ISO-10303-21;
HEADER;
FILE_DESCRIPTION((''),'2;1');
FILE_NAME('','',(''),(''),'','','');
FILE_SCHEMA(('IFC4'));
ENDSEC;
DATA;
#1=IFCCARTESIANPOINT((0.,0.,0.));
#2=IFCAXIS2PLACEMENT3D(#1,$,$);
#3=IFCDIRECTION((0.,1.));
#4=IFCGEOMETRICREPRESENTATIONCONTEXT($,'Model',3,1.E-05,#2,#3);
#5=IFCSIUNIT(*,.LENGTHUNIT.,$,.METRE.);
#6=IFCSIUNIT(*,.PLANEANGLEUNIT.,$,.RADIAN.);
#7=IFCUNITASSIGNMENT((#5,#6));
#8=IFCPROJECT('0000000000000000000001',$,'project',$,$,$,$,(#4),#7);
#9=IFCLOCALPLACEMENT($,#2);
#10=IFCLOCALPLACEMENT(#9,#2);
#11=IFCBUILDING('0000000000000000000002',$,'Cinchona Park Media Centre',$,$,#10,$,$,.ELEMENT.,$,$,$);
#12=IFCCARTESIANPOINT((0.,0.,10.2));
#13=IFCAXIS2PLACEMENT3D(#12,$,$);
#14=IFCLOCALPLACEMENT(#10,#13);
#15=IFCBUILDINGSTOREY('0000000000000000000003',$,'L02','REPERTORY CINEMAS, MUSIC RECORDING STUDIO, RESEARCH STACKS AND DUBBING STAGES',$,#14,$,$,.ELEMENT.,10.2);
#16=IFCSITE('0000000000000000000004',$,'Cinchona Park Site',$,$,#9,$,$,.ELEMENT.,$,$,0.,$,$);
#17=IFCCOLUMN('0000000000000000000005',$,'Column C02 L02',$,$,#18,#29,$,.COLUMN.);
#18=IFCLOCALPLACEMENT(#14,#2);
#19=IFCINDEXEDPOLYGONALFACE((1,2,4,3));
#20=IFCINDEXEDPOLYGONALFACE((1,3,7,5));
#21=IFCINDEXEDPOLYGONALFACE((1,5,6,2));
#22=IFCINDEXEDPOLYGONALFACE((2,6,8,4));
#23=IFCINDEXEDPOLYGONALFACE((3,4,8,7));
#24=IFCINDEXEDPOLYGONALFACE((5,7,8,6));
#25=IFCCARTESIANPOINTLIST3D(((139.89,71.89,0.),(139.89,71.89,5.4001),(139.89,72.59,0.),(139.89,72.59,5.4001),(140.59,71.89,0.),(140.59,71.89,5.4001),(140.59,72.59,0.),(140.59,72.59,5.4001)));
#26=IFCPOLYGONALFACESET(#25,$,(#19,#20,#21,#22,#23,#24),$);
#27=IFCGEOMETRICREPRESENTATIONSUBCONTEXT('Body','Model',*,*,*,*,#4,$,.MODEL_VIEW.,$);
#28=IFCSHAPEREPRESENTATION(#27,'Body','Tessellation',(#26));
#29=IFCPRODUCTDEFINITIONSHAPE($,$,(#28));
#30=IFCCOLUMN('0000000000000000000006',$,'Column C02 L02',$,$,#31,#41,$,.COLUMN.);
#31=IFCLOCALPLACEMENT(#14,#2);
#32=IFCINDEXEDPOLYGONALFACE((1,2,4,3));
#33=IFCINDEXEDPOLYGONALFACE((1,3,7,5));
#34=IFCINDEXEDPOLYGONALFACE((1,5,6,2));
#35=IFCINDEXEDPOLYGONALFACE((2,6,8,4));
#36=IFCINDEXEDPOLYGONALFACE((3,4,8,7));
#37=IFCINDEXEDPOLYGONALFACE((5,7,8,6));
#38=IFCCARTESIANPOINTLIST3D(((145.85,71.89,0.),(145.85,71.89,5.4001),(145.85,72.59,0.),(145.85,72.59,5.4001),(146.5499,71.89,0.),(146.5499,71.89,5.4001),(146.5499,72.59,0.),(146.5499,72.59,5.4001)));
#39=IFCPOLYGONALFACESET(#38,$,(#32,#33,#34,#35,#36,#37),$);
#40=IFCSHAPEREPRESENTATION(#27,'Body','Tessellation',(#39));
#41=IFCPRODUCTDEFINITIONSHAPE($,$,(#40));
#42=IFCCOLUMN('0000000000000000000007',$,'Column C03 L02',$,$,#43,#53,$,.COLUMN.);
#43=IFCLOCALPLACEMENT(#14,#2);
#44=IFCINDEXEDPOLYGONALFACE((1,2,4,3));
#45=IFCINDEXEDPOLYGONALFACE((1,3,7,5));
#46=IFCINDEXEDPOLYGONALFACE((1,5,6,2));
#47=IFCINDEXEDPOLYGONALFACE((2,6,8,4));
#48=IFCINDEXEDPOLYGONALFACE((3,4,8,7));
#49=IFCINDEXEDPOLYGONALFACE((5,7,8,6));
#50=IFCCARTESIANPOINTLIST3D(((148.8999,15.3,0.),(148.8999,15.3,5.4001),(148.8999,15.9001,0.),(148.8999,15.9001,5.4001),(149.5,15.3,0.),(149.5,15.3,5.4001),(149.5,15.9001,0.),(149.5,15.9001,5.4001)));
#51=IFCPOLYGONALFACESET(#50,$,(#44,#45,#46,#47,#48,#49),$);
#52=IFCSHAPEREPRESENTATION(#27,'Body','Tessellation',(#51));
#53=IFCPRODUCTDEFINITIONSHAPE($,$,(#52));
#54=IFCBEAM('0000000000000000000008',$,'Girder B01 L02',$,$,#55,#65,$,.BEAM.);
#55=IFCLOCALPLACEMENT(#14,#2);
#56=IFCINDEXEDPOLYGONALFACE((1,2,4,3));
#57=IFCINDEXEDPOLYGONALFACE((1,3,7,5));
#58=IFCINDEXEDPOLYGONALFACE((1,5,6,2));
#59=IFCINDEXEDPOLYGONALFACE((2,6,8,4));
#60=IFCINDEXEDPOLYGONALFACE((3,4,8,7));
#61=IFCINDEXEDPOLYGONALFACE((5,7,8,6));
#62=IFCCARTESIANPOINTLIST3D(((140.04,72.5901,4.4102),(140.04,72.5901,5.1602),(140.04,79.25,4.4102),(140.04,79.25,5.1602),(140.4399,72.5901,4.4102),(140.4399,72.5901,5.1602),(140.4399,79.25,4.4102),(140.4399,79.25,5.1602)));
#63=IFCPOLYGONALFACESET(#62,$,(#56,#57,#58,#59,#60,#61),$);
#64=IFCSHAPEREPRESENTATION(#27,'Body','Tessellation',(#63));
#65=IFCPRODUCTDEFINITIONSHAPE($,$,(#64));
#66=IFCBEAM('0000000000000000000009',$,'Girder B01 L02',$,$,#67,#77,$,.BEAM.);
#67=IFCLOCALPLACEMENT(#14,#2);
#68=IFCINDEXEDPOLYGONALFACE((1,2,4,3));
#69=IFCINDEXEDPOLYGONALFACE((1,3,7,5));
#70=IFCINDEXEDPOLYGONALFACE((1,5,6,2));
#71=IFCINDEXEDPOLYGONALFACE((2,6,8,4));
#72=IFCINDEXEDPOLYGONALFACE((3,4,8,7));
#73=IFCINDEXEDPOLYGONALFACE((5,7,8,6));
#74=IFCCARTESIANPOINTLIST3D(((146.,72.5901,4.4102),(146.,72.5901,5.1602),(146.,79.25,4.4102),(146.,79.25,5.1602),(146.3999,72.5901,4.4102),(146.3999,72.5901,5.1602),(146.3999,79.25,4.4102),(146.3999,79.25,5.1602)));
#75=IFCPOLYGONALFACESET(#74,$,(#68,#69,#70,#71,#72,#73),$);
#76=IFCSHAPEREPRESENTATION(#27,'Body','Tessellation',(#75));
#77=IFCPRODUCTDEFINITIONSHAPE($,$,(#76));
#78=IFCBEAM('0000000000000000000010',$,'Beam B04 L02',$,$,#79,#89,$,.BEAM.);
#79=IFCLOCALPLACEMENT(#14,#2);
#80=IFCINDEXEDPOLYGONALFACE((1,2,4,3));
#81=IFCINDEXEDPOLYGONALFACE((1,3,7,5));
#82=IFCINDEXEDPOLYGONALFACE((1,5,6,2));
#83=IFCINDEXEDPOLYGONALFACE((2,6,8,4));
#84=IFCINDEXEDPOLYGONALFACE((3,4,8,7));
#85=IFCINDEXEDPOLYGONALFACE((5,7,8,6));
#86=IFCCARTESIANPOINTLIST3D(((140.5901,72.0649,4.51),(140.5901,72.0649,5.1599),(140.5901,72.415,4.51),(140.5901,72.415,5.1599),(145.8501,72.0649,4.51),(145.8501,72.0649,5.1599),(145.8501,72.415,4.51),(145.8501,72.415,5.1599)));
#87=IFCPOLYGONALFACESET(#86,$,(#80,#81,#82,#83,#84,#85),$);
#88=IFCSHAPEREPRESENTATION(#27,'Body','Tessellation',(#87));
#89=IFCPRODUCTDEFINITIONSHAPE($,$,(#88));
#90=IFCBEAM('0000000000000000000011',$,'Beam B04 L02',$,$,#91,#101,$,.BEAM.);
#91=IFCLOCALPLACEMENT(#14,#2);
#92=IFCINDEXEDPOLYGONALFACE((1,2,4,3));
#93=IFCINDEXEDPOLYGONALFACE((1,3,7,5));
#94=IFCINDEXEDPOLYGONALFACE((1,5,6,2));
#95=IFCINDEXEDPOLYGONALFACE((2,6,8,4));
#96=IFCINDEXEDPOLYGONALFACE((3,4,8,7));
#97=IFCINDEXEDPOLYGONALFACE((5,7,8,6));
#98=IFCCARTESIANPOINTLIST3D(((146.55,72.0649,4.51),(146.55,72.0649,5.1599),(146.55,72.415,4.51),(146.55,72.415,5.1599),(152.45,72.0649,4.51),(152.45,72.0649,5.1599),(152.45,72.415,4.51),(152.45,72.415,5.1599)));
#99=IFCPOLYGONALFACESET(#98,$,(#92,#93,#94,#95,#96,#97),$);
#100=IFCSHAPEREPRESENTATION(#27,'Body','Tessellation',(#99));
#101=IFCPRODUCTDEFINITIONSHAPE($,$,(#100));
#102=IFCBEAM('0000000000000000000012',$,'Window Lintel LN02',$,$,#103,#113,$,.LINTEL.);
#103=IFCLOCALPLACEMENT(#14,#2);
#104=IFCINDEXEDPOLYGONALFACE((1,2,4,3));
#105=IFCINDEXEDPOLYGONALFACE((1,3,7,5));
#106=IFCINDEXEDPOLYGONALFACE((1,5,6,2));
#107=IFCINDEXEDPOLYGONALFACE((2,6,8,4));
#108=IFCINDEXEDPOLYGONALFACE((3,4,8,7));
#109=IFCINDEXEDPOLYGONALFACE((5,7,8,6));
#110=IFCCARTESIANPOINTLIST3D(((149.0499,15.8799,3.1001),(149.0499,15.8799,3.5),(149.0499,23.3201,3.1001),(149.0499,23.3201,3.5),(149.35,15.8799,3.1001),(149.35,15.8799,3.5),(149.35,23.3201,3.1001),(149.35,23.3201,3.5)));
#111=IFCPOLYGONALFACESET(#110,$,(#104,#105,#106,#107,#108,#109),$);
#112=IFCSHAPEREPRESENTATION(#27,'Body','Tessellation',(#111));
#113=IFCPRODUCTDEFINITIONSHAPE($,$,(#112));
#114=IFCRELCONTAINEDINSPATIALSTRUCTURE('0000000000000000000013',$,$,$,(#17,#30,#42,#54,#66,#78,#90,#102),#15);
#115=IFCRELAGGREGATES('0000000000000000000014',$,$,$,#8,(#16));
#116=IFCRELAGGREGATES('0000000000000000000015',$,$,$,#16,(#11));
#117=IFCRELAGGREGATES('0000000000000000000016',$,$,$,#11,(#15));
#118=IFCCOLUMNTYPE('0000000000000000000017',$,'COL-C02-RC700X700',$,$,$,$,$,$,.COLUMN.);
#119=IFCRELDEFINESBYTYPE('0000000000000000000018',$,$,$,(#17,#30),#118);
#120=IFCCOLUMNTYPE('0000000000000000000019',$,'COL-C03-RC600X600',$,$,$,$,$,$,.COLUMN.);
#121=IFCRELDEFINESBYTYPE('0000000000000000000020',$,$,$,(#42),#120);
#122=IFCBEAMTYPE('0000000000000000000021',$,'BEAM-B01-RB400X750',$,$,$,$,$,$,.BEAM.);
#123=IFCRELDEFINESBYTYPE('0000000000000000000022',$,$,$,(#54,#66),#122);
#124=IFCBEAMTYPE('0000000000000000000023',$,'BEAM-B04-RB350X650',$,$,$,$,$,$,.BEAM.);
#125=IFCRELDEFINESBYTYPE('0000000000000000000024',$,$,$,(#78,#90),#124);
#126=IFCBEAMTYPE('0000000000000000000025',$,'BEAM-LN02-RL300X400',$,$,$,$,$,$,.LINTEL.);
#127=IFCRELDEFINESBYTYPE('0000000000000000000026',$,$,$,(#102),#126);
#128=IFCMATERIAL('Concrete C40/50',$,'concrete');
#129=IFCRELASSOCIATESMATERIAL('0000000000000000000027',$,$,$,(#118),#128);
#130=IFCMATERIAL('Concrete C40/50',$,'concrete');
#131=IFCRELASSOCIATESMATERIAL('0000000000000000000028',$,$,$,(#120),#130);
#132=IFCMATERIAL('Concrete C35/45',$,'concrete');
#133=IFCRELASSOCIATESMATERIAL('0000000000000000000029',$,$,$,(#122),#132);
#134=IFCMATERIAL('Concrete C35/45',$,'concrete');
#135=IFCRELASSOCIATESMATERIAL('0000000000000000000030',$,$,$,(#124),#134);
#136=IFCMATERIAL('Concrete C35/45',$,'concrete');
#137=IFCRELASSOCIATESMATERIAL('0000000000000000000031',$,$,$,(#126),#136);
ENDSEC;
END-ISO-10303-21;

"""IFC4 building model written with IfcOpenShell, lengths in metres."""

from ifc_helpers import new_model, si_unit, direction, frame, origin, origin_2d, place, context, subcontext, project, spatial, rectangle, extrude, material, material_profile, profile_set, type_object, element, save


model = new_model("IFC4")

# Units and contexts
model_context = context("Model", 3, precision=1e-05, world=origin(), true_north=direction((0.0, 1.0)))
body_context = subcontext(model_context, "Body", "Model", "MODEL_VIEW")
ifc_project = project(units=[si_unit("LENGTHUNIT", "METRE"), si_unit("PLANEANGLEUNIT", "RADIAN")], contexts=[model_context])

# Site, building, storey
site_placement = place(None, origin())
site = spatial("IfcSite", under=ifc_project, at=site_placement, Name="Cinchona Park Site", CompositionType="ELEMENT", RefElevation=0.0)
building_placement = place(site_placement, origin())
building = spatial("IfcBuilding", under=site, at=building_placement, Name="Cinchona Park Media Centre", CompositionType="ELEMENT")
storey_placement = place(building_placement, frame((0.0, 0.0, 10.2)))
storey = spatial("IfcBuildingStorey", under=building, at=storey_placement, Name="L02", Description="REPERTORY CINEMAS, MUSIC RECORDING STUDIO, RESEARCH STACKS AND DUBBING STAGES", CompositionType="ELEMENT", Elevation=10.2)

# Columns
ifc_material_1 = material(Name="Concrete C40/50", Category="concrete")
ifc_material_profile_1 = material_profile(ifc_material_1, rectangle(XDim=0.7, YDim=0.7, at=origin_2d()), Name="RC 700X700")
ifc_profile_set_1 = profile_set([ifc_material_profile_1], Name="Concrete C40/50")
column_type_1 = type_object("IfcColumnType", Name="COL-C02-RC700X700", PredefinedType="COLUMN", material=ifc_profile_set_1)
for number, where, z_axis, x_axis, name in (
    (1, (140.24, 72.24, 0.0), (0.0, 0.0, 1.0), (1.0, 0.0, 0.0), "Column C02 L02"),
    (2, (146.2, 72.24, 0.0), (0.0, 0.0, 1.0), (1.0, 0.0, 0.0), "Column C02 L02"),
):
    element("IfcColumn", number, at=place(storey_placement, frame(where, z_axis=z_axis, x_axis=x_axis)), inside=storey, type_object=column_type_1, Name=name, PredefinedType="COLUMN", context=body_context, shape_type="SweptSolid", body=[
        extrude(rectangle(XDim=0.7, YDim=0.7, at=origin_2d()), origin(), (0.0, 0.0, 1.0), 5.4001),
    ])
ifc_material_2 = material(Name="Concrete C40/50", Category="concrete")
ifc_material_profile_2 = material_profile(ifc_material_2, rectangle(XDim=0.6001, YDim=0.6001, at=origin_2d()), Name="RC 600X600")
ifc_profile_set_2 = profile_set([ifc_material_profile_2], Name="Concrete C40/50")
column_type_2 = type_object("IfcColumnType", Name="COL-C03-RC600X600", PredefinedType="COLUMN", material=ifc_profile_set_2)
column_placement = place(storey_placement, frame((149.2, 15.6001, 0.0), z_axis=(0.0, 0.0, 1.0), x_axis=(1.0, 0.0, 0.0)))
element("IfcColumn", 3, at=column_placement, inside=storey, type_object=column_type_2, Name="Column C03 L02", PredefinedType="COLUMN", context=body_context, shape_type="SweptSolid", body=[
    extrude(rectangle(XDim=0.6001, YDim=0.6001, at=origin_2d()), origin(), (0.0, 0.0, 1.0), 5.4001),
])

# Beams
ifc_material_3 = material(Name="Concrete C35/45", Category="concrete")
ifc_material_profile_3 = material_profile(ifc_material_3, rectangle(XDim=0.3999, YDim=0.75, at=origin_2d()), Name="RB 400X750")
ifc_profile_set_3 = profile_set([ifc_material_profile_3], Name="Concrete C35/45")
beam_type_1 = type_object("IfcBeamType", Name="BEAM-B01-RB400X750", PredefinedType="BEAM", material=ifc_profile_set_3)
for number, where, z_axis, x_axis, name in (
    (4, (140.24, 72.5901, 4.7852), (0.0, 1.0, 0.0), (-1.0, 0.0, 0.0), "Girder B01 L02"),
    (5, (146.2, 72.5901, 4.7852), (0.0, 1.0, 0.0), (-1.0, 0.0, 0.0), "Girder B01 L02"),
):
    element("IfcBeam", number, at=place(storey_placement, frame(where, z_axis=z_axis, x_axis=x_axis)), inside=storey, type_object=beam_type_1, Name=name, PredefinedType="BEAM", context=body_context, shape_type="SweptSolid", body=[
        extrude(rectangle(XDim=0.3999, YDim=0.75, at=origin_2d()), origin(), (0.0, 0.0, 1.0), 6.6599),
    ])
ifc_material_4 = material(Name="Concrete C35/45", Category="concrete")
ifc_material_profile_4 = material_profile(ifc_material_4, rectangle(XDim=0.3501, YDim=0.6499, at=origin_2d()), Name="RB 350X650")
ifc_profile_set_4 = profile_set([ifc_material_profile_4], Name="Concrete C35/45")
beam_type_2 = type_object("IfcBeamType", Name="BEAM-B04-RB350X650", PredefinedType="BEAM", material=ifc_profile_set_4)
beam_1_placement = place(storey_placement, frame((140.5901, 72.24, 4.835), z_axis=(1.0, 0.0, 0.0), x_axis=(0.0, 1.0, 0.0)))
element("IfcBeam", 6, at=beam_1_placement, inside=storey, type_object=beam_type_2, Name="Beam B04 L02", PredefinedType="BEAM", context=body_context, shape_type="SweptSolid", body=[
    extrude(rectangle(XDim=0.3501, YDim=0.6499, at=origin_2d()), origin(), (0.0, 0.0, 1.0), 5.26),
])
beam_2_placement = place(storey_placement, frame((146.55, 72.24, 4.835), z_axis=(1.0, 0.0, 0.0), x_axis=(0.0, 1.0, 0.0)))
element("IfcBeam", 7, at=beam_2_placement, inside=storey, type_object=beam_type_2, Name="Beam B04 L02", PredefinedType="BEAM", context=body_context, shape_type="SweptSolid", body=[
    extrude(rectangle(XDim=0.3501, YDim=0.6499, at=origin_2d()), origin(), (0.0, 0.0, 1.0), 5.8999),
])
ifc_material_5 = material(Name="Concrete C35/45", Category="concrete")
ifc_material_profile_5 = material_profile(ifc_material_5, rectangle(XDim=0.3, YDim=0.3999, at=origin_2d()), Name="RL 300X400")
ifc_profile_set_5 = profile_set([ifc_material_profile_5], Name="Concrete C35/45")
beam_type_3 = type_object("IfcBeamType", Name="BEAM-LN02-RL300X400", PredefinedType="LINTEL", material=ifc_profile_set_5)
beam_3_placement = place(storey_placement, frame((149.2, 15.8799, 3.3), z_axis=(0.0, 1.0, 0.0), x_axis=(-1.0, 0.0, 0.0)))
element("IfcBeam", 8, at=beam_3_placement, inside=storey, type_object=beam_type_3, Name="Window Lintel LN02", PredefinedType="LINTEL", context=body_context, shape_type="SweptSolid", body=[
    extrude(rectangle(XDim=0.3, YDim=0.3999, at=origin_2d()), origin(), (0.0, 0.0, 1.0), 7.4402),
])

save(model, "model.ifc")
